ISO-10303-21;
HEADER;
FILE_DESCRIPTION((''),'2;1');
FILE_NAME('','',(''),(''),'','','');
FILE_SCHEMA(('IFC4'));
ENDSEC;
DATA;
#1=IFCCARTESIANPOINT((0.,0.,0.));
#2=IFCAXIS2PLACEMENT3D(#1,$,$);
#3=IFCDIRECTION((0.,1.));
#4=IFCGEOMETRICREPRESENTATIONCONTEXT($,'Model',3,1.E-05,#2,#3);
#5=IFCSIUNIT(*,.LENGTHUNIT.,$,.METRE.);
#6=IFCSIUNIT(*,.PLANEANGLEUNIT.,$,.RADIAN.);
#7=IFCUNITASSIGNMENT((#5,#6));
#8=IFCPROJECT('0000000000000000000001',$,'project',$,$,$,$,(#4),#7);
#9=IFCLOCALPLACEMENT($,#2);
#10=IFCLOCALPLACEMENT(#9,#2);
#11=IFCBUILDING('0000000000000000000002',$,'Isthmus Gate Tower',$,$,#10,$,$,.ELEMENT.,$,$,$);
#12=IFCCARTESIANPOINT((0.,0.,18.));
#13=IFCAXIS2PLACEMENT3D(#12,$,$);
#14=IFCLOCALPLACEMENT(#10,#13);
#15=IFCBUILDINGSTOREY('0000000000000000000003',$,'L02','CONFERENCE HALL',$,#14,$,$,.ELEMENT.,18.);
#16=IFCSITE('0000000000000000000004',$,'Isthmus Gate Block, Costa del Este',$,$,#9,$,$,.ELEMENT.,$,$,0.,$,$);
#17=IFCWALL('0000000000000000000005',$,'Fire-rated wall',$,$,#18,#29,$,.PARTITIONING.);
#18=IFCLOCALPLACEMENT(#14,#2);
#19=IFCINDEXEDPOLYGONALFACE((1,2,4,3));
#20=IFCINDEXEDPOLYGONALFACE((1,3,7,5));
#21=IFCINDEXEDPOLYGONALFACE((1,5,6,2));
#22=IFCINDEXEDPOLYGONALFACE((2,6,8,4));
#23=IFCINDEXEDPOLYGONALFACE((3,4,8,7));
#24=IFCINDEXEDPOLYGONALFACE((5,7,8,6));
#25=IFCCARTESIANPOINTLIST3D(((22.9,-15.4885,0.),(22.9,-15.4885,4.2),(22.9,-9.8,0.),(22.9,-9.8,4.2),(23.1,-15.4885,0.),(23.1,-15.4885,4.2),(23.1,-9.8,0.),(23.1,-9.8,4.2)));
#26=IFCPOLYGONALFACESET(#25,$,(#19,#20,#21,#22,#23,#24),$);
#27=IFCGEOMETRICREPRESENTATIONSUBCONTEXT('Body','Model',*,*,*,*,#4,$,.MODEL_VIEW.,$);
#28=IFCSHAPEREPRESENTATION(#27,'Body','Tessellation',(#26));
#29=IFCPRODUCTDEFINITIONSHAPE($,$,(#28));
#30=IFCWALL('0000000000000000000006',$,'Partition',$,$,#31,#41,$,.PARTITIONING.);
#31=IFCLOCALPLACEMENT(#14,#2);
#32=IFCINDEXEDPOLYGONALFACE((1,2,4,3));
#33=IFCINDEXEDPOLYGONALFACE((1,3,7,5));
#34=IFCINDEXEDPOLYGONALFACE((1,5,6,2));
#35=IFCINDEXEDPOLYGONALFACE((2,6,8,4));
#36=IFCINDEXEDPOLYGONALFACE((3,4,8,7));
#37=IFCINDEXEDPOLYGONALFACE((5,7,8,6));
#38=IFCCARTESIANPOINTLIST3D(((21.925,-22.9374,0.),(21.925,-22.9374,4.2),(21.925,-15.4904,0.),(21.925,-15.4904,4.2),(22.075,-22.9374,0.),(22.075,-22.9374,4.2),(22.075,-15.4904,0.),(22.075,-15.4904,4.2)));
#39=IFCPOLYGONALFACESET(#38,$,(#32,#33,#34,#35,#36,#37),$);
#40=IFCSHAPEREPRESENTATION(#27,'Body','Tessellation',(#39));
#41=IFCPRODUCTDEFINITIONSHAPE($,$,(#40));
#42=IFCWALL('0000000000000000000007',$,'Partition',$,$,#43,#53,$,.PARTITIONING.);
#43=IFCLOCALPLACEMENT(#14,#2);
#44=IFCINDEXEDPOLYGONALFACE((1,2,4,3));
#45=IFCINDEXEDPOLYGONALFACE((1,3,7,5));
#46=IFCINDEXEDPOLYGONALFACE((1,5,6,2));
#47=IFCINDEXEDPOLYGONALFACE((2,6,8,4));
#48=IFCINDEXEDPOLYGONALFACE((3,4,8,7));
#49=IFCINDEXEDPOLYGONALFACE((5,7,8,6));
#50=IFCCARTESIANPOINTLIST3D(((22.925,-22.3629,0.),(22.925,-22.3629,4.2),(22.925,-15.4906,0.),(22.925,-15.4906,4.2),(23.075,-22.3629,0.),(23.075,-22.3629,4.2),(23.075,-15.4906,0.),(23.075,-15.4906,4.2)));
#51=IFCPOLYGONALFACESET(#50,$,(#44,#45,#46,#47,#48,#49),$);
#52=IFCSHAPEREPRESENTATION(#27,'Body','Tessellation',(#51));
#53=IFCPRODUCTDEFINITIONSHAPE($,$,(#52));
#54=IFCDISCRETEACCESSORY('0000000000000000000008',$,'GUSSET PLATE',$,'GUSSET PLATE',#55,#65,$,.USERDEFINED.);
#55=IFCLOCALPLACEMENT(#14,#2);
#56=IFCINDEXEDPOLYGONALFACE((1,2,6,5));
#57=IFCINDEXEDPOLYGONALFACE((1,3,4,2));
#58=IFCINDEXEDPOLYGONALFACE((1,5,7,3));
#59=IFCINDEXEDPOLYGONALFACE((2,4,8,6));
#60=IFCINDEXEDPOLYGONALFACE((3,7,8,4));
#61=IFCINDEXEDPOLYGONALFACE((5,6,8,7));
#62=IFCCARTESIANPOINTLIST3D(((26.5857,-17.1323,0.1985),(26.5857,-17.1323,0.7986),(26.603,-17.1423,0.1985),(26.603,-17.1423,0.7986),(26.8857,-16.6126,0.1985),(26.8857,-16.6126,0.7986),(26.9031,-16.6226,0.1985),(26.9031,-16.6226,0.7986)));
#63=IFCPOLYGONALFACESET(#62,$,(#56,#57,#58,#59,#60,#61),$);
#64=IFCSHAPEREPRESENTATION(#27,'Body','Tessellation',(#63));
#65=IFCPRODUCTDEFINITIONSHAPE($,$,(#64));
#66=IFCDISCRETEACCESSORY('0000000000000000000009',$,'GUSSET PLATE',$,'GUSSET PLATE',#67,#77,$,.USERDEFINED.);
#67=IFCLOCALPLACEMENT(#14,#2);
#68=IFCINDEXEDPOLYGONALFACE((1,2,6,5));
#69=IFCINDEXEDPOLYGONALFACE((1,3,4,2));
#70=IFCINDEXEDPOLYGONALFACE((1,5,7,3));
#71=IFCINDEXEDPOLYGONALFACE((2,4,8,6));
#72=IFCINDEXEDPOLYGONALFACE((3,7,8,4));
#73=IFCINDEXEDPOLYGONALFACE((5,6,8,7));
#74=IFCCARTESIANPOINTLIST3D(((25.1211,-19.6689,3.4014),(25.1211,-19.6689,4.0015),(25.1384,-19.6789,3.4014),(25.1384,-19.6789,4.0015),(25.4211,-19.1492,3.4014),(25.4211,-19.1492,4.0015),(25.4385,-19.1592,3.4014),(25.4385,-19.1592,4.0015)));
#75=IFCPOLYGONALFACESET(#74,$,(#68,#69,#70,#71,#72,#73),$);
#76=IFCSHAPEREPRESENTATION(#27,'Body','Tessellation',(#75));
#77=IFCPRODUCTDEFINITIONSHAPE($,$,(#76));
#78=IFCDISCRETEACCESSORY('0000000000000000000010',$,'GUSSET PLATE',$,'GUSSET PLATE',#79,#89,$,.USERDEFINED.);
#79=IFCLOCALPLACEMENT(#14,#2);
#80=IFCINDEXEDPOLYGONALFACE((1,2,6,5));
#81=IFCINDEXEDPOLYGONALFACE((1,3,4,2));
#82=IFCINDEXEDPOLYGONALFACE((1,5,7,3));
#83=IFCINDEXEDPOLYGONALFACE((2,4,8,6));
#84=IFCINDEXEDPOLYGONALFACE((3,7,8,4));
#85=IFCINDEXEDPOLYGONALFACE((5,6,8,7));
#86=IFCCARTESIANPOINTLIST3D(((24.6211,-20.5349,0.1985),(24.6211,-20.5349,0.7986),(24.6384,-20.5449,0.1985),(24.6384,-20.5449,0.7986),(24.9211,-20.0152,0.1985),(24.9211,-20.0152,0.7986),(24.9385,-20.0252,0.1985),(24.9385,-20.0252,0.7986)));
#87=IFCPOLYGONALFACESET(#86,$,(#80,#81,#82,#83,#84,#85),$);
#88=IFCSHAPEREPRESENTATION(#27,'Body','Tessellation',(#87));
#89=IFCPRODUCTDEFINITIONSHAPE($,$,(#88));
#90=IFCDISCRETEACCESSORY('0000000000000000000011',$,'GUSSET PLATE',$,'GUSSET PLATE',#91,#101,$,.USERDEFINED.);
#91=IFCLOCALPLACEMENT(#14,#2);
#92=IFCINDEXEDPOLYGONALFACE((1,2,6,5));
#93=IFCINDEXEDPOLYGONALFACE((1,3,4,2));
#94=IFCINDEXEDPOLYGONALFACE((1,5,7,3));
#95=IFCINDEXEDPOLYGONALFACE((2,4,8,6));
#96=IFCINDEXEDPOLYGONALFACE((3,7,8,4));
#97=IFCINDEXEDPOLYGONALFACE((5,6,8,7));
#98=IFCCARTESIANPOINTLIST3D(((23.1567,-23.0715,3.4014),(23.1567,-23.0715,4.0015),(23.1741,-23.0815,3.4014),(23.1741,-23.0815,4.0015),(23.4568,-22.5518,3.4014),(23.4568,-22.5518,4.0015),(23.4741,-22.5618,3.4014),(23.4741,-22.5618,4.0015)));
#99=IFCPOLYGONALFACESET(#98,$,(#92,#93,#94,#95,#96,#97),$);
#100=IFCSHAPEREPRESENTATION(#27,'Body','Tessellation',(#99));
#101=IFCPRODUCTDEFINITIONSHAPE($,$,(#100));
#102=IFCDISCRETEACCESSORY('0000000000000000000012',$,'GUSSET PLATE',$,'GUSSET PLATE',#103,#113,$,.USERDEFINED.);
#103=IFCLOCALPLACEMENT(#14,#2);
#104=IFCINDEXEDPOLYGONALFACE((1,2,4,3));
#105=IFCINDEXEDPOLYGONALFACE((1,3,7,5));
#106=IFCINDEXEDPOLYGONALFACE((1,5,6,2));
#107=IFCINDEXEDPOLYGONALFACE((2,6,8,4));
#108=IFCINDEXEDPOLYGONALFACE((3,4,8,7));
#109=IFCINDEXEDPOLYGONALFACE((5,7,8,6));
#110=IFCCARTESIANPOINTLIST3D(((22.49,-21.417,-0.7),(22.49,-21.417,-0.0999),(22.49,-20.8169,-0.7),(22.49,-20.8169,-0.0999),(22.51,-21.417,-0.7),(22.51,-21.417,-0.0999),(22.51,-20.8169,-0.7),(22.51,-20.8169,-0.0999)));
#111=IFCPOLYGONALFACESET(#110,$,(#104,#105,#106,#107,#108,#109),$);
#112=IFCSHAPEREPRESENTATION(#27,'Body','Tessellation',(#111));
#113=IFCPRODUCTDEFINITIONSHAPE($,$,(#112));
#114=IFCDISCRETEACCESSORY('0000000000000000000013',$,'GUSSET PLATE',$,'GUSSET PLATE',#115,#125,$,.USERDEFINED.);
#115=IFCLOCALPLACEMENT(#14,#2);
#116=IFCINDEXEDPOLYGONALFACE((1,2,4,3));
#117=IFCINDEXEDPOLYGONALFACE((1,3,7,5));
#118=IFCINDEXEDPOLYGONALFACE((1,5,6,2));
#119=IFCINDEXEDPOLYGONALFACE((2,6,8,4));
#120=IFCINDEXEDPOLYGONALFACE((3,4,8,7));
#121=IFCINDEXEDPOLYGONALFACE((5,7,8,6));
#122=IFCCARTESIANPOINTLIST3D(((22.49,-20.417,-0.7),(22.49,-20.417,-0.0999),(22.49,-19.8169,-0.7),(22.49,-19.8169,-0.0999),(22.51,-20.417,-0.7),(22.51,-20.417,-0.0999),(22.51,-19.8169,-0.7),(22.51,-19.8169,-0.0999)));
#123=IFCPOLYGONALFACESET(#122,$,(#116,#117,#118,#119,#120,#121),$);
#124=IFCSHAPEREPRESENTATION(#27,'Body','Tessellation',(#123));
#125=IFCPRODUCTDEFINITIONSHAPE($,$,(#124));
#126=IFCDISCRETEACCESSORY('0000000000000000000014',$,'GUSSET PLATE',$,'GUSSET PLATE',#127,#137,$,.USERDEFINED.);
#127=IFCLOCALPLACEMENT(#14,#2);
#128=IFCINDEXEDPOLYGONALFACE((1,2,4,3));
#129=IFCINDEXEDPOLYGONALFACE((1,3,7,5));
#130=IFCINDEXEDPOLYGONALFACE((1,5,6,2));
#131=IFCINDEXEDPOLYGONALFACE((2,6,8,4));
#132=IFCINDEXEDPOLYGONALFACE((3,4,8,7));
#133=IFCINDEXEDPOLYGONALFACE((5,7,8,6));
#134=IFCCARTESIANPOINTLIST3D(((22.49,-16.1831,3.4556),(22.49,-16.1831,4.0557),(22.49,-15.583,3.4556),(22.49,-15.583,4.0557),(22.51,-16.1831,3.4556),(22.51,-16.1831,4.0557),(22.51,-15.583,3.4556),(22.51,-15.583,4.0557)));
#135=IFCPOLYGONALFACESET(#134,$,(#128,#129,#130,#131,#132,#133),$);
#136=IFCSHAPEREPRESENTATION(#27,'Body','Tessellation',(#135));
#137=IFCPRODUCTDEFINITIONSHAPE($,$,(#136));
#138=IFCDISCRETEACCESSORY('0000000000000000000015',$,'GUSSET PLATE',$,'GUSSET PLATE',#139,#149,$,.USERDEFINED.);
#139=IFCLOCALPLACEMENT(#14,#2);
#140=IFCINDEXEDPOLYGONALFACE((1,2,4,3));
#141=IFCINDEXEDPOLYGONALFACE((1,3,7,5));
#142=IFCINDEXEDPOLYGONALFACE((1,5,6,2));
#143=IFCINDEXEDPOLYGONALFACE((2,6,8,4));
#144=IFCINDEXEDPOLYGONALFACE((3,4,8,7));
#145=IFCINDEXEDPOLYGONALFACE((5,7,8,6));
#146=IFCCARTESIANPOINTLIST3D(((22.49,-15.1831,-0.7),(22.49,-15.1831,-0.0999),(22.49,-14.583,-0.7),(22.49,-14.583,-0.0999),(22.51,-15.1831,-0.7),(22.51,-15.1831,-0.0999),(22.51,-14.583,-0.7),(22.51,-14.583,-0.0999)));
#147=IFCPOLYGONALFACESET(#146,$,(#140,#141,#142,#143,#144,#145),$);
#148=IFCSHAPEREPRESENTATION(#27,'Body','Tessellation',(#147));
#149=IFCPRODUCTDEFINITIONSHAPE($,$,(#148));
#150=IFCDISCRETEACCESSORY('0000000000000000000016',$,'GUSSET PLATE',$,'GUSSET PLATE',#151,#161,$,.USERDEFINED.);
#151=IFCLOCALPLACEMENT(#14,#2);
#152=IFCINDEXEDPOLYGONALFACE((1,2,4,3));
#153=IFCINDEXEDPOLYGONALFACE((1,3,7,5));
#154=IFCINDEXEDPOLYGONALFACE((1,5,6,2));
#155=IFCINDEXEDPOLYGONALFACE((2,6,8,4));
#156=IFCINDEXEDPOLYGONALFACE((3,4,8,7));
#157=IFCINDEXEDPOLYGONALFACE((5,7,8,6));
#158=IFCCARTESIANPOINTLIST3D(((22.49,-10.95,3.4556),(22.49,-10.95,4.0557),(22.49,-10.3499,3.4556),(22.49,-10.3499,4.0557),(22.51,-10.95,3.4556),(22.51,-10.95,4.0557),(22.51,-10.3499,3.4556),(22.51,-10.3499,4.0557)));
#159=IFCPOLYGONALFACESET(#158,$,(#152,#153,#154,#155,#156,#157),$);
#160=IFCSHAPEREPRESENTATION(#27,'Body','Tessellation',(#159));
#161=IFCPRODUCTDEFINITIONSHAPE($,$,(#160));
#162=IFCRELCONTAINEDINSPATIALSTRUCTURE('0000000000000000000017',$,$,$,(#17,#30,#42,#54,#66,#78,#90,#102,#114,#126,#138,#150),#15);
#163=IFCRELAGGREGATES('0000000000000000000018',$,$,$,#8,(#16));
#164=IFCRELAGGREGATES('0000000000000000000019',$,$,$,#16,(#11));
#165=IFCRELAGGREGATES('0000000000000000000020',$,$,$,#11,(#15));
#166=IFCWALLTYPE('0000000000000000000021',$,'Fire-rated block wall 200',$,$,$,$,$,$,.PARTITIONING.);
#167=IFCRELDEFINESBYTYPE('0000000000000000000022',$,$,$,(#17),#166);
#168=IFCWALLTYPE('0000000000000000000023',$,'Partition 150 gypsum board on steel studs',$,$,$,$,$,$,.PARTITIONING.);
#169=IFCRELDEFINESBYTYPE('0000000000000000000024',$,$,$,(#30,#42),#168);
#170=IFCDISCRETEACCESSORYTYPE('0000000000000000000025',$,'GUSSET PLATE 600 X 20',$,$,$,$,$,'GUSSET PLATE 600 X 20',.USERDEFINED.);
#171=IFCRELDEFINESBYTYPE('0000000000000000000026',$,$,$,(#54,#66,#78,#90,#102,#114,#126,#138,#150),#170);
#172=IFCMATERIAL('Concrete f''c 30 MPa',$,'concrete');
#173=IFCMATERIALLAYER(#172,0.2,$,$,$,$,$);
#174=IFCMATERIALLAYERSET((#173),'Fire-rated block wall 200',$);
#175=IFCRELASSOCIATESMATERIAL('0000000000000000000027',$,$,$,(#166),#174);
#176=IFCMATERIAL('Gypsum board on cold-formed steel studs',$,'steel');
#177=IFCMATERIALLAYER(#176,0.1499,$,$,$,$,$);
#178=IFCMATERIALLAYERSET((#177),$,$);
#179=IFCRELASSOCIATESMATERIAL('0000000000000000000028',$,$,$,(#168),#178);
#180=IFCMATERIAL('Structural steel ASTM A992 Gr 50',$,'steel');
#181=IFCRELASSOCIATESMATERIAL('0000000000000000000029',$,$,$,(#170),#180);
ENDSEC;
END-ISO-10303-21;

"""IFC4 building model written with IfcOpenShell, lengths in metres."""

from ifc_helpers import new_model, si_unit, direction, frame, frame_2d, origin, origin_2d, place, context, subcontext, project, spatial, rectangle, extrude, material, layer, layer_set, type_object, element, save


model = new_model("IFC4")

# Units and contexts
model_context = context("Model", 3, precision=1e-05, world=origin(), true_north=direction((0.0, 1.0)))
body_context = subcontext(model_context, "Body", "Model", "MODEL_VIEW")
ifc_project = project(units=[si_unit("LENGTHUNIT", "METRE"), si_unit("PLANEANGLEUNIT", "RADIAN")], contexts=[model_context])

# Site, building, storey
site_placement = place(None, origin())
site = spatial("IfcSite", under=ifc_project, at=site_placement, Name="Isthmus Gate Block, Costa del Este", CompositionType="ELEMENT", RefElevation=0.0)
building_placement = place(site_placement, origin())
building = spatial("IfcBuilding", under=site, at=building_placement, Name="Isthmus Gate Tower", CompositionType="ELEMENT")
storey_placement = place(building_placement, frame((0.0, 0.0, 18.0)))
storey = spatial("IfcBuildingStorey", under=building, at=storey_placement, Name="L02", Description="CONFERENCE HALL", CompositionType="ELEMENT", Elevation=18.0)

# Shared definitions
ifc_material_1 = material(Name="Concrete f'c 30 MPa", Category="concrete")
ifc_layer_1 = layer(ifc_material_1, 0.2)
ifc_layer_set_1 = layer_set([ifc_layer_1], Name="Fire-rated block wall 200")
wall_type_1 = type_object("IfcWallType", Name="Fire-rated block wall 200", PredefinedType="PARTITIONING", material=ifc_layer_set_1)

# Walls
wall_1_placement = place(storey_placement, frame((23.0, -15.4885, 0.0), z_axis=(0.0, 0.0, 1.0), x_axis=(0.0, 1.0, 0.0)))
element("IfcWall", 1, at=wall_1_placement, inside=storey, type_object=wall_type_1, Name="Fire-rated wall", PredefinedType="PARTITIONING", context=body_context, shape_type="SweptSolid", body=[
    extrude(rectangle(XDim=5.6885, YDim=0.2, at=frame_2d((2.8442, 0.0))), origin(), (0.0, 0.0, 1.0), 4.2),
])
ifc_material_2 = material(Name="Gypsum board on cold-formed steel studs", Category="steel")
ifc_layer_2 = layer(ifc_material_2, 0.1499)
ifc_layer_set_2 = layer_set([ifc_layer_2])
wall_type_2 = type_object("IfcWallType", Name="Partition 150 gypsum board on steel studs", PredefinedType="PARTITIONING", material=ifc_layer_set_2)
wall_2_placement = place(storey_placement, frame((22.0, -22.9375, 0.0), z_axis=(0.0, 0.0, 1.0), x_axis=(0.0, 1.0, 0.0)))
element("IfcWall", 2, at=wall_2_placement, inside=storey, type_object=wall_type_2, Name="Partition", PredefinedType="PARTITIONING", context=body_context, shape_type="SweptSolid", body=[
    extrude(rectangle(XDim=7.447, YDim=0.1499, at=frame_2d((3.7236, 0.0))), origin(), (0.0, 0.0, 1.0), 4.2),
])
wall_3_placement = place(storey_placement, frame((23.0, -22.3628, 0.0), z_axis=(0.0, 0.0, 1.0), x_axis=(0.0, 1.0, 0.0)))
element("IfcWall", 3, at=wall_3_placement, inside=storey, type_object=wall_type_2, Name="Partition", PredefinedType="PARTITIONING", context=body_context, shape_type="SweptSolid", body=[
    extrude(rectangle(XDim=6.8723, YDim=0.1499, at=frame_2d((3.436, 0.0))), origin(), (0.0, 0.0, 1.0), 4.2),
])

# Discrete accessories
ifc_material_3 = material(Name="Structural steel ASTM A992 Gr 50", Category="steel")
discrete_accessory_type = type_object("IfcDiscreteAccessoryType", Name="GUSSET PLATE 600 X 20", ElementType="GUSSET PLATE 600 X 20", PredefinedType="USERDEFINED", material=ifc_material_3)
for number, where, z_axis, x_axis, name in (
    (4, (26.7444, -16.8774, 0.1985), (0.0, 0.0, 1.0), (-0.5, -0.866025, 0.0), "GUSSET PLATE"),
    (5, (25.2798, -19.4141, 3.4014), (0.0, 0.0, 1.0), (-0.5, -0.866025, 0.0), "GUSSET PLATE"),
    (6, (24.7798, -20.28, 0.1985), (0.0, 0.0, 1.0), (-0.5, -0.866025, 0.0), "GUSSET PLATE"),
    (7, (23.3154, -22.8167, 3.4014), (0.0, 0.0, 1.0), (-0.5, -0.866025, 0.0), "GUSSET PLATE"),
    (8, (22.5, -21.1169, -0.7), (0.0, 0.0, 1.0), (0.0, -1.0, 0.0), "GUSSET PLATE"),
    (9, (22.5, -20.1169, -0.7), (0.0, 0.0, 1.0), (0.0, 1.0, 0.0), "GUSSET PLATE"),
    (10, (22.5, -15.8831, 3.4556), (0.0, 0.0, 1.0), (0.0, 1.0, 0.0), "GUSSET PLATE"),
    (11, (22.5, -14.8831, -0.7), (0.0, 0.0, 1.0), (0.0, 1.0, 0.0), "GUSSET PLATE"),
    (12, (22.5, -10.6499, 3.4556), (0.0, 0.0, 1.0), (0.0, 1.0, 0.0), "GUSSET PLATE"),
):
    element("IfcDiscreteAccessory", number, at=place(storey_placement, frame(where, z_axis=z_axis, x_axis=x_axis)), inside=storey, type_object=discrete_accessory_type, Name=name, ObjectType="GUSSET PLATE", PredefinedType="USERDEFINED", context=body_context, shape_type="SweptSolid", body=[
        extrude(rectangle(XDim=0.6001, YDim=0.02, at=origin_2d()), origin(), (0.0, 0.0, 1.0), 0.6001),
    ])

save(model, "model.ifc")
